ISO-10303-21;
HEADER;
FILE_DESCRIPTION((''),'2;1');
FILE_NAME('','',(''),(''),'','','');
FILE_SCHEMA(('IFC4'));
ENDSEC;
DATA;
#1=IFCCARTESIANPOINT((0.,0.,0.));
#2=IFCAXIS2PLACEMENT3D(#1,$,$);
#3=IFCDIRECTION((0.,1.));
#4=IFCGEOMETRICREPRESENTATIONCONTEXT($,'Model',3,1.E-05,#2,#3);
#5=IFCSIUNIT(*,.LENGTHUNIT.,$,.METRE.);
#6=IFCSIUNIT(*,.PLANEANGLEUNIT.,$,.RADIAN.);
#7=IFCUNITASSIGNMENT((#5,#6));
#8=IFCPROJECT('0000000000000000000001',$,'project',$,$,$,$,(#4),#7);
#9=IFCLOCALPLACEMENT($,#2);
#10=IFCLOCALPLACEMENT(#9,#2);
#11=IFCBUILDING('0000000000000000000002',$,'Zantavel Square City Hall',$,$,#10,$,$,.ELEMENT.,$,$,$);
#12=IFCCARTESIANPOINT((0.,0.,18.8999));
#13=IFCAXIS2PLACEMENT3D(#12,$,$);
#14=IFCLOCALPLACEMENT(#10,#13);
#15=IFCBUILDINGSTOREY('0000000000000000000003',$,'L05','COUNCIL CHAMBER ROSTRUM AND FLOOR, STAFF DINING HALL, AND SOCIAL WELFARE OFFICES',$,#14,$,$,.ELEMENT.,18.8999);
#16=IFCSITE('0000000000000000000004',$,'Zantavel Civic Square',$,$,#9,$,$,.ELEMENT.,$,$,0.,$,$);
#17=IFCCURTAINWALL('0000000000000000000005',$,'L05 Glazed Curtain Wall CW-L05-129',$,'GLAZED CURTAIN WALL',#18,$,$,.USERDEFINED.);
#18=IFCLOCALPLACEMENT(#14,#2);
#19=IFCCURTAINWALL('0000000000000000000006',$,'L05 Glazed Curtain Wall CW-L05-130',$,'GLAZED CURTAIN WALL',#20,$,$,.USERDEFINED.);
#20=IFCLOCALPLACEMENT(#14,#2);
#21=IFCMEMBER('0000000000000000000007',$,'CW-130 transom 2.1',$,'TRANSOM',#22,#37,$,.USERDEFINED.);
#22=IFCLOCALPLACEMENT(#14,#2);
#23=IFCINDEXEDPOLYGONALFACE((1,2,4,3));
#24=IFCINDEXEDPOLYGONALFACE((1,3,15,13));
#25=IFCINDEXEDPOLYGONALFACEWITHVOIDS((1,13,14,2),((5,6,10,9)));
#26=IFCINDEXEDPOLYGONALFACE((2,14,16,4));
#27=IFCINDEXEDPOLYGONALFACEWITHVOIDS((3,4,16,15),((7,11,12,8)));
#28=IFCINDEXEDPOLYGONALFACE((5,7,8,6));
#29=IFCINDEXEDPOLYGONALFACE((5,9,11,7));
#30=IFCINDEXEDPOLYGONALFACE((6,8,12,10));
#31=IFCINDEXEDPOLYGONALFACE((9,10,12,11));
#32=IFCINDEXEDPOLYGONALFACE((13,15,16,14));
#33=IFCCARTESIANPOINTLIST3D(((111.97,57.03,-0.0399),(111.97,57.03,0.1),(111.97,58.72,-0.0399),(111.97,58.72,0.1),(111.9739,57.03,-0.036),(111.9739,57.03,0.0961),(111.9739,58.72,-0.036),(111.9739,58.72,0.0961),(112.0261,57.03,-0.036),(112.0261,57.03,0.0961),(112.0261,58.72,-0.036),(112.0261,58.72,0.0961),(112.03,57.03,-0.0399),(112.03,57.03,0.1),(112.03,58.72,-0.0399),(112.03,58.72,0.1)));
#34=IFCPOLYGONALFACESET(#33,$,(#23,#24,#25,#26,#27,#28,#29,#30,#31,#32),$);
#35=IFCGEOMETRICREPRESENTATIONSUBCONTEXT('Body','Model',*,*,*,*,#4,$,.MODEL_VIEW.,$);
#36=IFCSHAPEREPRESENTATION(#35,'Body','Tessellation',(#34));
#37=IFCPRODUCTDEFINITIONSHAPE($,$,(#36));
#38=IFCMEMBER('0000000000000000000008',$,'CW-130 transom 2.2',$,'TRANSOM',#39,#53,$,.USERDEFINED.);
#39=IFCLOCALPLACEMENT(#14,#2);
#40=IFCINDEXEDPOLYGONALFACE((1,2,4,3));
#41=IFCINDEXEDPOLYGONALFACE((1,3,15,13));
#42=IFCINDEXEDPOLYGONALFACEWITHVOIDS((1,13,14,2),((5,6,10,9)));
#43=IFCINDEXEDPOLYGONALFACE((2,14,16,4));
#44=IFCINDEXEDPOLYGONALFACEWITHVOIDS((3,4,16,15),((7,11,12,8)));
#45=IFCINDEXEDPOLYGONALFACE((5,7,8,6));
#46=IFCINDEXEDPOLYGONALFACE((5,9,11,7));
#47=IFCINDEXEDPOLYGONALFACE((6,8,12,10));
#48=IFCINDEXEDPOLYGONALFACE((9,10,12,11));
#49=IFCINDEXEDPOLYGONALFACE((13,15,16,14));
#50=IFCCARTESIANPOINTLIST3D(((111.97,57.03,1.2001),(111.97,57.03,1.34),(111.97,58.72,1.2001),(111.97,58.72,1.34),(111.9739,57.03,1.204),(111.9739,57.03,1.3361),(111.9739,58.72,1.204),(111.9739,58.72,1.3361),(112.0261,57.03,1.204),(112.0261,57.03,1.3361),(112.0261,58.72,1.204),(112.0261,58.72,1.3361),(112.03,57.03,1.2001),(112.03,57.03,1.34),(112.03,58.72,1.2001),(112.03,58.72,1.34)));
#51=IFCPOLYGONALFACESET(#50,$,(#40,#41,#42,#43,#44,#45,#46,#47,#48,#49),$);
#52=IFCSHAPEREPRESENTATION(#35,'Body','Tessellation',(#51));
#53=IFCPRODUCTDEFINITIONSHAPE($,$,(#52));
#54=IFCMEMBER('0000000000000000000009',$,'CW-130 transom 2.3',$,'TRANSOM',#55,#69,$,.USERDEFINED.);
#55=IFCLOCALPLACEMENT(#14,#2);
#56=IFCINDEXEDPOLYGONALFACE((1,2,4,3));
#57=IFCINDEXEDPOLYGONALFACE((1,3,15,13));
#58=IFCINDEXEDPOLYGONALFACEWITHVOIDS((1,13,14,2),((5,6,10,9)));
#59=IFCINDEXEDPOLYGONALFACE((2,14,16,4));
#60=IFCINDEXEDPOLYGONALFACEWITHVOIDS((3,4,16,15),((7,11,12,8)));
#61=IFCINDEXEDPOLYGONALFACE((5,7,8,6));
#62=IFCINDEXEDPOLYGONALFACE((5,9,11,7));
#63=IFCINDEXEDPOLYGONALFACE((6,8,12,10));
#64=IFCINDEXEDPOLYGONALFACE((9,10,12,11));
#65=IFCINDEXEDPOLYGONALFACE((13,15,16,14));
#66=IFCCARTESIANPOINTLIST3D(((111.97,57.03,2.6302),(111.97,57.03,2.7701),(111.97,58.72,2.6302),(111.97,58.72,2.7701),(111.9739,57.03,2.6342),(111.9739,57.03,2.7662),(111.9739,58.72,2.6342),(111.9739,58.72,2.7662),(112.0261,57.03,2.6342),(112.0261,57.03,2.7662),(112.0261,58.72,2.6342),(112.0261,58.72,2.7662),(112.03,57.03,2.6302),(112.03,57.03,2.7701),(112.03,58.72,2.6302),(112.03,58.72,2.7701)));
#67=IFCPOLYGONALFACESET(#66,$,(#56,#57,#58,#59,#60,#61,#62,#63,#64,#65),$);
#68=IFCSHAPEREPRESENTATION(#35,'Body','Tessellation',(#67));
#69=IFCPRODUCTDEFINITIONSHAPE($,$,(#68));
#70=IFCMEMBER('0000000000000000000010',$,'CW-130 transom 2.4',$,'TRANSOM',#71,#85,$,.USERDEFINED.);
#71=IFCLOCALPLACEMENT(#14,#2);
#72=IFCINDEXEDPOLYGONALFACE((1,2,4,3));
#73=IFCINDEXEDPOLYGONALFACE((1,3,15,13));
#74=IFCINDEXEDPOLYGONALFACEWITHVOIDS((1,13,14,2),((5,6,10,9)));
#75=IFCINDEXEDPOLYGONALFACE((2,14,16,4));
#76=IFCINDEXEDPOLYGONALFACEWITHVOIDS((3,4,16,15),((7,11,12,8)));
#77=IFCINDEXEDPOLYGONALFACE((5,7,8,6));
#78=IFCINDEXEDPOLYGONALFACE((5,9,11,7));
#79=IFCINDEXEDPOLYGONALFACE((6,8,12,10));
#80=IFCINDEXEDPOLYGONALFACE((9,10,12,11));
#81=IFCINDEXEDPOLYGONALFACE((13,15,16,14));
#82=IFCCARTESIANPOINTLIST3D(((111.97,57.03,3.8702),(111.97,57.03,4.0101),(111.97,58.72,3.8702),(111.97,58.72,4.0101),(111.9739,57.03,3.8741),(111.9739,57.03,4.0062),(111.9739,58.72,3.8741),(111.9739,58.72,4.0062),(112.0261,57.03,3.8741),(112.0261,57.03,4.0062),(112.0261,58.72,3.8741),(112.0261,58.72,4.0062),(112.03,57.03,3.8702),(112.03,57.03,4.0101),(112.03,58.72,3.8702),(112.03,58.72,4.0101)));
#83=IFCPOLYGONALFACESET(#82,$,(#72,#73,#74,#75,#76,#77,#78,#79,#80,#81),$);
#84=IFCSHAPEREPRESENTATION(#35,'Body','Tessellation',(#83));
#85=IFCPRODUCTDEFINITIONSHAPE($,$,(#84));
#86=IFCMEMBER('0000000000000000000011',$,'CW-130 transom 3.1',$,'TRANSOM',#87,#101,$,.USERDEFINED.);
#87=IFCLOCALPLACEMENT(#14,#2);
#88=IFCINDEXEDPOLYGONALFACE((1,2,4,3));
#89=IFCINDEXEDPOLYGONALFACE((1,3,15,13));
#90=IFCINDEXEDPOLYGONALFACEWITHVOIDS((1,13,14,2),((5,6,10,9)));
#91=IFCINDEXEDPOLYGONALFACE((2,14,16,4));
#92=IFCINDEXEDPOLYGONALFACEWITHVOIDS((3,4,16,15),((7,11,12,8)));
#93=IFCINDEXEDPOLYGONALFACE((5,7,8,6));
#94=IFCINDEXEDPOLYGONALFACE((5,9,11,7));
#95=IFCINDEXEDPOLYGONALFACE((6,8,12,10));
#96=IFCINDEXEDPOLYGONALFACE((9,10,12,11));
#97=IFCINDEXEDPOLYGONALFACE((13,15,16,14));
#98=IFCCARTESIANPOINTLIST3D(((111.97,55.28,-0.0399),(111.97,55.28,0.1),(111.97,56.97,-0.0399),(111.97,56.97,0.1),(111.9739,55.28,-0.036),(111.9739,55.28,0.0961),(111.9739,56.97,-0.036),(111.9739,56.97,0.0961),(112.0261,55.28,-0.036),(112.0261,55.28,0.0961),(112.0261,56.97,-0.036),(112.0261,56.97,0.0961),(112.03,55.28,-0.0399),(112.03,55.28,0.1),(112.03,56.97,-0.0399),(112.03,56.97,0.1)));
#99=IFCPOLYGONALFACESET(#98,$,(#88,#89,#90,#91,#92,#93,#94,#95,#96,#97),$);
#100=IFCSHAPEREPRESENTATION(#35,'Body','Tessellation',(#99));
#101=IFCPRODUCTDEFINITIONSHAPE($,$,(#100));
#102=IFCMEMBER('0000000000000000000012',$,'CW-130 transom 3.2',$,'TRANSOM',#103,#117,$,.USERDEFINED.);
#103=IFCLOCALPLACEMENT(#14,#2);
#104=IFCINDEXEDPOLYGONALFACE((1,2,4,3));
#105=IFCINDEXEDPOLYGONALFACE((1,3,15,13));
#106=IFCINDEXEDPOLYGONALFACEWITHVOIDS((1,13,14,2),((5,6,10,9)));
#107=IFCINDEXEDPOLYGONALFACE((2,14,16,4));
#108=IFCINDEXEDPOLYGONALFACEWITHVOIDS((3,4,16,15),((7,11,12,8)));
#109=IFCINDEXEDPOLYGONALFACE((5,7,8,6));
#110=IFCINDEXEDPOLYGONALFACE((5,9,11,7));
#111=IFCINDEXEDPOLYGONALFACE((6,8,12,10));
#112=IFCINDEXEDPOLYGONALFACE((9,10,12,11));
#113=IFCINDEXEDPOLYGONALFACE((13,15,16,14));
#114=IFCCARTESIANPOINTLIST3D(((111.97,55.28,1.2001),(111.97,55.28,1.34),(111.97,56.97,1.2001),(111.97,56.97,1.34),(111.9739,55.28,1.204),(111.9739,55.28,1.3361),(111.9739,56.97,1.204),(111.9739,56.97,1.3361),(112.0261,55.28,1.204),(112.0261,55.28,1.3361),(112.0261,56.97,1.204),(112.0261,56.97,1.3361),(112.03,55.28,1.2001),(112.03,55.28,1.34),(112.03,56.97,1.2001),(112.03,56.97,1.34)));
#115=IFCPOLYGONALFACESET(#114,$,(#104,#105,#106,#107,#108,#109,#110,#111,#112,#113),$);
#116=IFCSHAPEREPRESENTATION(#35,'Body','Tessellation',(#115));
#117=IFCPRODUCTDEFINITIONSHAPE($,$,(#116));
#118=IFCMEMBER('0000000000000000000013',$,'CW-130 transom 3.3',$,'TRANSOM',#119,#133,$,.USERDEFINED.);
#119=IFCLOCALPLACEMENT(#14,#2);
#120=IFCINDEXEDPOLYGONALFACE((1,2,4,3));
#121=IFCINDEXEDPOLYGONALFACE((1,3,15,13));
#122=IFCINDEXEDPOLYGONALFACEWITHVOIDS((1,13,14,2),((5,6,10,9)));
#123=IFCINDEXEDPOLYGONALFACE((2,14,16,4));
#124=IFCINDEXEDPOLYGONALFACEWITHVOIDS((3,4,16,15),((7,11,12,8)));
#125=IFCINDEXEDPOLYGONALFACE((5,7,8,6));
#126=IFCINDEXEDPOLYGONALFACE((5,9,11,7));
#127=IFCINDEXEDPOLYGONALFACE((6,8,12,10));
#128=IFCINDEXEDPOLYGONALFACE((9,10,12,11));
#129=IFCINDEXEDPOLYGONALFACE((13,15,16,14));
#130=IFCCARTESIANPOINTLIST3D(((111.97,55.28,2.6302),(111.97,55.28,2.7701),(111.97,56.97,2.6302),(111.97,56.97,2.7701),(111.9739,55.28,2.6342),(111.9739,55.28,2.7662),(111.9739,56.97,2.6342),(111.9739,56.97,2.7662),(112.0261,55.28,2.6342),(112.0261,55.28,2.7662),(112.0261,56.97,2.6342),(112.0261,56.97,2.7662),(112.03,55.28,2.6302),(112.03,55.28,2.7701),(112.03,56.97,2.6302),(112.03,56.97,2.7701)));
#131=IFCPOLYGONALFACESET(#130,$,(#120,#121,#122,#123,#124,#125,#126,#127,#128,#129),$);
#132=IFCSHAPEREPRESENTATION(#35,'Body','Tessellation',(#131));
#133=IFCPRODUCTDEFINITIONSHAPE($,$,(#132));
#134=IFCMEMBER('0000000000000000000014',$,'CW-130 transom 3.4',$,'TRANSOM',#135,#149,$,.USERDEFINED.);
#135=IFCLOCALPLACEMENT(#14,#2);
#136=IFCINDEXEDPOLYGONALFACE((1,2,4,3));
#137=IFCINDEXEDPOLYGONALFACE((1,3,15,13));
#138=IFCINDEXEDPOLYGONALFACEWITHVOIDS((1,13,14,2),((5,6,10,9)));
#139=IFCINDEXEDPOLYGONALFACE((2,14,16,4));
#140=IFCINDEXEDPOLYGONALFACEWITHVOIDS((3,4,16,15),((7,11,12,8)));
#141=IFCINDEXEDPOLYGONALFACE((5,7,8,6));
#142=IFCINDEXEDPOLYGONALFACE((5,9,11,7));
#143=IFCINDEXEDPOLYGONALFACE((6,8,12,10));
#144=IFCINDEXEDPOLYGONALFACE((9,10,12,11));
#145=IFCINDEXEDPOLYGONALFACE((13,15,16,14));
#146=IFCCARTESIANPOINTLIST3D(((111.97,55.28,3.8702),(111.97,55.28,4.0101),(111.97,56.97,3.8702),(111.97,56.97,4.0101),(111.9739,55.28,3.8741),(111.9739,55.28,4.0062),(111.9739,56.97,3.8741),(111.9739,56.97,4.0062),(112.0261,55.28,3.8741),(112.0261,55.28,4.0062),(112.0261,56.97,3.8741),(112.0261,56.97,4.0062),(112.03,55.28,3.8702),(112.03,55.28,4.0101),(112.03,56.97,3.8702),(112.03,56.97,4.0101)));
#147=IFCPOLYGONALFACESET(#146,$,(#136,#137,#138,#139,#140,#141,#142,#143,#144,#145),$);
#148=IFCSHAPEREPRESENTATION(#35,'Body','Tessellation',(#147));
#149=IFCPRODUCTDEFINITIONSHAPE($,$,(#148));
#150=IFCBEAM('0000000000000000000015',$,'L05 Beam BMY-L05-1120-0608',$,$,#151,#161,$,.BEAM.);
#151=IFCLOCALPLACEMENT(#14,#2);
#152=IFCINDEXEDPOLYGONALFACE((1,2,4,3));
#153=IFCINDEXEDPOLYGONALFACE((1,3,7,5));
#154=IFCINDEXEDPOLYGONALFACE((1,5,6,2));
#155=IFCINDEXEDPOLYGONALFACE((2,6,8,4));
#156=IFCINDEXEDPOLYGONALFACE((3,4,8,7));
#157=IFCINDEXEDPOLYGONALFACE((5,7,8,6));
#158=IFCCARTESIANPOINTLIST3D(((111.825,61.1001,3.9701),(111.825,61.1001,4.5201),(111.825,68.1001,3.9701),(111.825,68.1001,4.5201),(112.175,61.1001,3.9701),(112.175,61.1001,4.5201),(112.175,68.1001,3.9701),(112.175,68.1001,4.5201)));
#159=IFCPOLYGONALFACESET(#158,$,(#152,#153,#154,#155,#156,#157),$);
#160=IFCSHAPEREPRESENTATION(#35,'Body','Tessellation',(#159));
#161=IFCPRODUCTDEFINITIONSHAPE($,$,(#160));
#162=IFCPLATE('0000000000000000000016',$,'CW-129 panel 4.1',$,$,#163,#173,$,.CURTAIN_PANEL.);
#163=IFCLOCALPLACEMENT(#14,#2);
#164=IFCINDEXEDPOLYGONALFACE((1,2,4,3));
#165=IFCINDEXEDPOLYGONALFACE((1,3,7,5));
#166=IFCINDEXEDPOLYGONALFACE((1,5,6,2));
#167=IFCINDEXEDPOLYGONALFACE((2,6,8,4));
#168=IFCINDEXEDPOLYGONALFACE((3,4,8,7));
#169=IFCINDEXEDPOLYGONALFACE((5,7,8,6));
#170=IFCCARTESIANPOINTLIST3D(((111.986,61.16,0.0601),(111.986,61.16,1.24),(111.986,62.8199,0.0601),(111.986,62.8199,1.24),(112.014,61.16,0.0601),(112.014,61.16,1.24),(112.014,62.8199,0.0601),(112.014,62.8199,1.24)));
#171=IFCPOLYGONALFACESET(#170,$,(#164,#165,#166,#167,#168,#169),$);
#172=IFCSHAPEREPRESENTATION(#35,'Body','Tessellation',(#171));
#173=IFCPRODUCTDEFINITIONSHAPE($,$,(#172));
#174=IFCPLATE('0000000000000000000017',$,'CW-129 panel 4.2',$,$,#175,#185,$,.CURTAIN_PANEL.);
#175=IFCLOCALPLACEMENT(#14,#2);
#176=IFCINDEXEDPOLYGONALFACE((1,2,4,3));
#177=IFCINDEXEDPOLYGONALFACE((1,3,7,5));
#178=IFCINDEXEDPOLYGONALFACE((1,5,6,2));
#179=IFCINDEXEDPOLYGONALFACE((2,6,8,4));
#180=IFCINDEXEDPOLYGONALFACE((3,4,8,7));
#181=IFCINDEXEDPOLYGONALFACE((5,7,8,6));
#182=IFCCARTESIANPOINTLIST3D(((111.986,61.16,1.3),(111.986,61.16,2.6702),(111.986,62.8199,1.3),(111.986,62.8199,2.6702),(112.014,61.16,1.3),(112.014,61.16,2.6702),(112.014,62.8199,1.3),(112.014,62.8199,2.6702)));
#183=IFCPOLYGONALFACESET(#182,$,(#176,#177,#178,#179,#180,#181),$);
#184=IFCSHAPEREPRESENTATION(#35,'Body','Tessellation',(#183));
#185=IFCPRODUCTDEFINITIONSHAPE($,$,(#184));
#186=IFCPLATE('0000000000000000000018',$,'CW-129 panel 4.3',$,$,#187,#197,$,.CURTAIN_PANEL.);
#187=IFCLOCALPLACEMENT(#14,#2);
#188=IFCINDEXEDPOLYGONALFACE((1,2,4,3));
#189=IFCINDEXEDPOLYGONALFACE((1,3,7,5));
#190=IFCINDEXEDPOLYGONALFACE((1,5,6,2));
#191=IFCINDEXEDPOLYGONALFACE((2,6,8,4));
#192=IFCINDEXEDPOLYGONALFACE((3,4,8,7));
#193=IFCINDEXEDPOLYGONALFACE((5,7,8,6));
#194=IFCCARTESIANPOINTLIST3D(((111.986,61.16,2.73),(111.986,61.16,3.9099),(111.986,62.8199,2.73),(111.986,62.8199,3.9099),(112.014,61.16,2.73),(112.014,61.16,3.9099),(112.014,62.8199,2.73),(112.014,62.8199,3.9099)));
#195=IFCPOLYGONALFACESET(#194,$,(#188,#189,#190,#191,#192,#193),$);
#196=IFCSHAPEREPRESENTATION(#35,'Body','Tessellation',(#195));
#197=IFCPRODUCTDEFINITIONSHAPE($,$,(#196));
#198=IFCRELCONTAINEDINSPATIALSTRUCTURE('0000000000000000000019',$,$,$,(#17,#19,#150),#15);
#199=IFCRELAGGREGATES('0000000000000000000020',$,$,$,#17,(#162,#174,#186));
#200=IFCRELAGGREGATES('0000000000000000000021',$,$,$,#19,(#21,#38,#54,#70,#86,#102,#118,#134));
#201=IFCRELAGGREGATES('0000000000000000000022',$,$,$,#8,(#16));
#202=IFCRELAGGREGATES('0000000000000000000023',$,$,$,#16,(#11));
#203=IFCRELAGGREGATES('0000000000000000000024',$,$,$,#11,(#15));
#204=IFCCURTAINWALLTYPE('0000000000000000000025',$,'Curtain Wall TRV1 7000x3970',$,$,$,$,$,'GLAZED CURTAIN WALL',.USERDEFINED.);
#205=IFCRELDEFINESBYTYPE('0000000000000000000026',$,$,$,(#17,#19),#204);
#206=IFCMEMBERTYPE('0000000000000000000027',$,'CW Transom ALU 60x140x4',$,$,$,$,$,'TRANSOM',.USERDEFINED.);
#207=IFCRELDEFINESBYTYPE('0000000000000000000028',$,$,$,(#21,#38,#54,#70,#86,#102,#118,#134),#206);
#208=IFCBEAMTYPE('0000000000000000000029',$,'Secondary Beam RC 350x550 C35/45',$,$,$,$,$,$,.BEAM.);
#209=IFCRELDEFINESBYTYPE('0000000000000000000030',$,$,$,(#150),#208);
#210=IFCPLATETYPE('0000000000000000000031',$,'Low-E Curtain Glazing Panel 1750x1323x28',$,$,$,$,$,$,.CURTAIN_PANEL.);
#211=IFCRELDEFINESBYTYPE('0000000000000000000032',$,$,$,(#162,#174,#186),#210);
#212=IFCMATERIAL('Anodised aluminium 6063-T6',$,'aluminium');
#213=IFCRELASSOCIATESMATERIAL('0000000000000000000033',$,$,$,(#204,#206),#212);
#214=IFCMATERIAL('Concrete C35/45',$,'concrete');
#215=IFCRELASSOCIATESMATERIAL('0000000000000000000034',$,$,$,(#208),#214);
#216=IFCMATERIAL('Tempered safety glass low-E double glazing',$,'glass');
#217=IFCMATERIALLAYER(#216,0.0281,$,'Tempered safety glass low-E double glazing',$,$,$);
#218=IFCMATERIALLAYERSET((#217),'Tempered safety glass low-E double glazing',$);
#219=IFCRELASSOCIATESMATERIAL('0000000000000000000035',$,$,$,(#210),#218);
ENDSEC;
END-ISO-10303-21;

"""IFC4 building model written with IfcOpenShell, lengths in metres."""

from ifc_helpers import new_model, si_unit, direction, frame, origin, origin_2d, place, context, subcontext, project, spatial, rectangle, hollow_rectangle, extrude, material, layer, layer_set, material_profile, profile_set, type_object, element, aggregate, save


model = new_model("IFC4")

# Units and contexts
model_context = context("Model", 3, precision=1e-05, world=origin(), true_north=direction((0.0, 1.0)))
body_context = subcontext(model_context, "Body", "Model", "MODEL_VIEW")
ifc_project = project(units=[si_unit("LENGTHUNIT", "METRE"), si_unit("PLANEANGLEUNIT", "RADIAN")], contexts=[model_context])

# Site, building, storey
site_placement = place(None, origin())
site = spatial("IfcSite", under=ifc_project, at=site_placement, Name="Zantavel Civic Square", CompositionType="ELEMENT", RefElevation=0.0)
building_placement = place(site_placement, origin())
building = spatial("IfcBuilding", under=site, at=building_placement, Name="Zantavel Square City Hall", CompositionType="ELEMENT")
storey_placement = place(building_placement, frame((0.0, 0.0, 18.8999)))
storey = spatial("IfcBuildingStorey", under=building, at=storey_placement, Name="L05", Description="COUNCIL CHAMBER ROSTRUM AND FLOOR, STAFF DINING HALL, AND SOCIAL WELFARE OFFICES", CompositionType="ELEMENT", Elevation=18.8999)

# Curtain wall
ifc_material_1 = material(Name="Anodised aluminium 6063-T6", Category="aluminium")
curtain_wall_type = type_object("IfcCurtainWallType", Name="Curtain Wall TRV1 7000x3970", ElementType="GLAZED CURTAIN WALL", PredefinedType="USERDEFINED", material=ifc_material_1)
curtain_wall_1_placement = place(storey_placement, origin())
curtain_wall_1 = element("IfcCurtainWall", 1, at=curtain_wall_1_placement, inside=storey, type_object=curtain_wall_type, Name="L05 Glazed Curtain Wall CW-L05-129", ObjectType="GLAZED CURTAIN WALL", PredefinedType="USERDEFINED")

# Curtain wall
curtain_wall_2_placement = place(storey_placement, origin())
curtain_wall_2 = element("IfcCurtainWall", 2, at=curtain_wall_2_placement, inside=storey, type_object=curtain_wall_type, Name="L05 Glazed Curtain Wall CW-L05-130", ObjectType="GLAZED CURTAIN WALL", PredefinedType="USERDEFINED")

# Members
ifc_material_profile_1 = material_profile(ifc_material_1, hollow_rectangle(XDim=0.0601, YDim=0.1399, WallThickness=0.0039, at=origin_2d()), Name="ALU 60x140x4")
ifc_profile_set_1 = profile_set([ifc_material_profile_1], Name="Anodised aluminium 6063-T6")
member_type_1 = type_object("IfcMemberType", Name="CW Transom ALU 60x140x4", ElementType="TRANSOM", PredefinedType="USERDEFINED", material=ifc_profile_set_1)
member_1_placement = place(storey_placement, frame((112.0, 58.72, 0.03), z_axis=(0.0, -1.0, 0.0), x_axis=(1.0, 0.0, 0.0)))
member_1 = element("IfcMember", 3, at=member_1_placement, type_object=member_type_1, Name="CW-130 transom 2.1", ObjectType="TRANSOM", PredefinedType="USERDEFINED", context=body_context, shape_type="SweptSolid", body=[
    extrude(hollow_rectangle(XDim=0.0601, YDim=0.1399, WallThickness=0.0039, at=origin_2d()), origin(), (0.0, 0.0, 1.0), 1.6899),
])
member_2_placement = place(storey_placement, frame((112.0, 58.72, 1.27), z_axis=(0.0, -1.0, 0.0), x_axis=(1.0, 0.0, 0.0)))
member_2 = element("IfcMember", 4, at=member_2_placement, type_object=member_type_1, Name="CW-130 transom 2.2", ObjectType="TRANSOM", PredefinedType="USERDEFINED", context=body_context, shape_type="SweptSolid", body=[
    extrude(hollow_rectangle(XDim=0.0601, YDim=0.1399, WallThickness=0.0039, at=origin_2d()), origin(), (0.0, 0.0, 1.0), 1.6899),
])
member_3_placement = place(storey_placement, frame((112.0, 58.72, 2.7002), z_axis=(0.0, -1.0, 0.0), x_axis=(1.0, 0.0, 0.0)))
member_3 = element("IfcMember", 5, at=member_3_placement, type_object=member_type_1, Name="CW-130 transom 2.3", ObjectType="TRANSOM", PredefinedType="USERDEFINED", context=body_context, shape_type="SweptSolid", body=[
    extrude(hollow_rectangle(XDim=0.0601, YDim=0.1399, WallThickness=0.0039, at=origin_2d()), origin(), (0.0, 0.0, 1.0), 1.6899),
])
member_4_placement = place(storey_placement, frame((112.0, 58.72, 3.9402), z_axis=(0.0, -1.0, 0.0), x_axis=(1.0, 0.0, 0.0)))
member_4 = element("IfcMember", 6, at=member_4_placement, type_object=member_type_1, Name="CW-130 transom 2.4", ObjectType="TRANSOM", PredefinedType="USERDEFINED", context=body_context, shape_type="SweptSolid", body=[
    extrude(hollow_rectangle(XDim=0.0601, YDim=0.1399, WallThickness=0.0039, at=origin_2d()), origin(), (0.0, 0.0, 1.0), 1.6899),
])
member_5_placement = place(storey_placement, frame((112.0, 56.97, 0.03), z_axis=(0.0, -1.0, 0.0), x_axis=(1.0, 0.0, 0.0)))
member_5 = element("IfcMember", 7, at=member_5_placement, type_object=member_type_1, Name="CW-130 transom 3.1", ObjectType="TRANSOM", PredefinedType="USERDEFINED", context=body_context, shape_type="SweptSolid", body=[
    extrude(hollow_rectangle(XDim=0.0601, YDim=0.1399, WallThickness=0.0039, at=origin_2d()), origin(), (0.0, 0.0, 1.0), 1.6899),
])
member_6_placement = place(storey_placement, frame((112.0, 56.97, 1.27), z_axis=(0.0, -1.0, 0.0), x_axis=(1.0, 0.0, 0.0)))
member_6 = element("IfcMember", 8, at=member_6_placement, type_object=member_type_1, Name="CW-130 transom 3.2", ObjectType="TRANSOM", PredefinedType="USERDEFINED", context=body_context, shape_type="SweptSolid", body=[
    extrude(hollow_rectangle(XDim=0.0601, YDim=0.1399, WallThickness=0.0039, at=origin_2d()), origin(), (0.0, 0.0, 1.0), 1.6899),
])
member_7_placement = place(storey_placement, frame((112.0, 56.97, 2.7002), z_axis=(0.0, -1.0, 0.0), x_axis=(1.0, 0.0, 0.0)))
member_7 = element("IfcMember", 9, at=member_7_placement, type_object=member_type_1, Name="CW-130 transom 3.3", ObjectType="TRANSOM", PredefinedType="USERDEFINED", context=body_context, shape_type="SweptSolid", body=[
    extrude(hollow_rectangle(XDim=0.0601, YDim=0.1399, WallThickness=0.0039, at=origin_2d()), origin(), (0.0, 0.0, 1.0), 1.6899),
])
member_8_placement = place(storey_placement, frame((112.0, 56.97, 3.9402), z_axis=(0.0, -1.0, 0.0), x_axis=(1.0, 0.0, 0.0)))
member_8 = element("IfcMember", 10, at=member_8_placement, type_object=member_type_1, Name="CW-130 transom 3.4", ObjectType="TRANSOM", PredefinedType="USERDEFINED", context=body_context, shape_type="SweptSolid", body=[
    extrude(hollow_rectangle(XDim=0.0601, YDim=0.1399, WallThickness=0.0039, at=origin_2d()), origin(), (0.0, 0.0, 1.0), 1.6899),
])

# Beam
ifc_material_2 = material(Name="Concrete C35/45", Category="concrete")
ifc_material_profile_2 = material_profile(ifc_material_2, rectangle(XDim=0.3501, YDim=0.55, at=origin_2d()), Name="RC 350x550")
ifc_profile_set_2 = profile_set([ifc_material_profile_2], Name="Concrete C35/45")
beam_type = type_object("IfcBeamType", Name="Secondary Beam RC 350x550 C35/45", PredefinedType="BEAM", material=ifc_profile_set_2)
beam_placement = place(storey_placement, frame((112.0, 61.1001, 4.2451), z_axis=(0.0, 1.0, 0.0), x_axis=(-1.0, 0.0, 0.0)))
element("IfcBeam", 11, at=beam_placement, inside=storey, type_object=beam_type, Name="L05 Beam BMY-L05-1120-0608", PredefinedType="BEAM", context=body_context, shape_type="SweptSolid", body=[
    extrude(rectangle(XDim=0.3501, YDim=0.55, at=origin_2d()), origin(), (0.0, 0.0, 1.0), 7.0),
])

# Plates
ifc_material_3 = material(Name="Tempered safety glass low-E double glazing", Category="glass")
ifc_layer = layer(ifc_material_3, 0.0281, Name="Tempered safety glass low-E double glazing")
ifc_layer_set = layer_set([ifc_layer], Name="Tempered safety glass low-E double glazing")
plate_type = type_object("IfcPlateType", Name="Low-E Curtain Glazing Panel 1750x1323x28", PredefinedType="CURTAIN_PANEL", material=ifc_layer_set)
plate_1_placement = place(storey_placement, frame((112.0, 61.99, 0.0601), z_axis=(0.0, 0.0, 1.0), x_axis=(0.0, -1.0, 0.0)))
plate_1 = element("IfcPlate", 12, at=plate_1_placement, type_object=plate_type, Name="CW-129 panel 4.1", PredefinedType="CURTAIN_PANEL", context=body_context, shape_type="SweptSolid", body=[
    extrude(rectangle(XDim=1.6599, YDim=0.0281, at=origin_2d()), origin(), (0.0, 0.0, 1.0), 1.1799),
])
plate_2_placement = place(storey_placement, frame((112.0, 61.99, 1.3), z_axis=(0.0, 0.0, 1.0), x_axis=(0.0, -1.0, 0.0)))
plate_2 = element("IfcPlate", 13, at=plate_2_placement, type_object=plate_type, Name="CW-129 panel 4.2", PredefinedType="CURTAIN_PANEL", context=body_context, shape_type="SweptSolid", body=[
    extrude(rectangle(XDim=1.6599, YDim=0.0281, at=origin_2d()), origin(), (0.0, 0.0, 1.0), 1.3701),
])
plate_3_placement = place(storey_placement, frame((112.0, 61.99, 2.73), z_axis=(0.0, 0.0, 1.0), x_axis=(0.0, -1.0, 0.0)))
plate_3 = element("IfcPlate", 14, at=plate_3_placement, type_object=plate_type, Name="CW-129 panel 4.3", PredefinedType="CURTAIN_PANEL", context=body_context, shape_type="SweptSolid", body=[
    extrude(rectangle(XDim=1.6599, YDim=0.0281, at=origin_2d()), origin(), (0.0, 0.0, 1.0), 1.1799),
])
aggregate(curtain_wall_1, [plate_1, plate_2, plate_3])
aggregate(curtain_wall_2, [member_1, member_2, member_3, member_4, member_5, member_6, member_7, member_8])

save(model, "model.ifc")
